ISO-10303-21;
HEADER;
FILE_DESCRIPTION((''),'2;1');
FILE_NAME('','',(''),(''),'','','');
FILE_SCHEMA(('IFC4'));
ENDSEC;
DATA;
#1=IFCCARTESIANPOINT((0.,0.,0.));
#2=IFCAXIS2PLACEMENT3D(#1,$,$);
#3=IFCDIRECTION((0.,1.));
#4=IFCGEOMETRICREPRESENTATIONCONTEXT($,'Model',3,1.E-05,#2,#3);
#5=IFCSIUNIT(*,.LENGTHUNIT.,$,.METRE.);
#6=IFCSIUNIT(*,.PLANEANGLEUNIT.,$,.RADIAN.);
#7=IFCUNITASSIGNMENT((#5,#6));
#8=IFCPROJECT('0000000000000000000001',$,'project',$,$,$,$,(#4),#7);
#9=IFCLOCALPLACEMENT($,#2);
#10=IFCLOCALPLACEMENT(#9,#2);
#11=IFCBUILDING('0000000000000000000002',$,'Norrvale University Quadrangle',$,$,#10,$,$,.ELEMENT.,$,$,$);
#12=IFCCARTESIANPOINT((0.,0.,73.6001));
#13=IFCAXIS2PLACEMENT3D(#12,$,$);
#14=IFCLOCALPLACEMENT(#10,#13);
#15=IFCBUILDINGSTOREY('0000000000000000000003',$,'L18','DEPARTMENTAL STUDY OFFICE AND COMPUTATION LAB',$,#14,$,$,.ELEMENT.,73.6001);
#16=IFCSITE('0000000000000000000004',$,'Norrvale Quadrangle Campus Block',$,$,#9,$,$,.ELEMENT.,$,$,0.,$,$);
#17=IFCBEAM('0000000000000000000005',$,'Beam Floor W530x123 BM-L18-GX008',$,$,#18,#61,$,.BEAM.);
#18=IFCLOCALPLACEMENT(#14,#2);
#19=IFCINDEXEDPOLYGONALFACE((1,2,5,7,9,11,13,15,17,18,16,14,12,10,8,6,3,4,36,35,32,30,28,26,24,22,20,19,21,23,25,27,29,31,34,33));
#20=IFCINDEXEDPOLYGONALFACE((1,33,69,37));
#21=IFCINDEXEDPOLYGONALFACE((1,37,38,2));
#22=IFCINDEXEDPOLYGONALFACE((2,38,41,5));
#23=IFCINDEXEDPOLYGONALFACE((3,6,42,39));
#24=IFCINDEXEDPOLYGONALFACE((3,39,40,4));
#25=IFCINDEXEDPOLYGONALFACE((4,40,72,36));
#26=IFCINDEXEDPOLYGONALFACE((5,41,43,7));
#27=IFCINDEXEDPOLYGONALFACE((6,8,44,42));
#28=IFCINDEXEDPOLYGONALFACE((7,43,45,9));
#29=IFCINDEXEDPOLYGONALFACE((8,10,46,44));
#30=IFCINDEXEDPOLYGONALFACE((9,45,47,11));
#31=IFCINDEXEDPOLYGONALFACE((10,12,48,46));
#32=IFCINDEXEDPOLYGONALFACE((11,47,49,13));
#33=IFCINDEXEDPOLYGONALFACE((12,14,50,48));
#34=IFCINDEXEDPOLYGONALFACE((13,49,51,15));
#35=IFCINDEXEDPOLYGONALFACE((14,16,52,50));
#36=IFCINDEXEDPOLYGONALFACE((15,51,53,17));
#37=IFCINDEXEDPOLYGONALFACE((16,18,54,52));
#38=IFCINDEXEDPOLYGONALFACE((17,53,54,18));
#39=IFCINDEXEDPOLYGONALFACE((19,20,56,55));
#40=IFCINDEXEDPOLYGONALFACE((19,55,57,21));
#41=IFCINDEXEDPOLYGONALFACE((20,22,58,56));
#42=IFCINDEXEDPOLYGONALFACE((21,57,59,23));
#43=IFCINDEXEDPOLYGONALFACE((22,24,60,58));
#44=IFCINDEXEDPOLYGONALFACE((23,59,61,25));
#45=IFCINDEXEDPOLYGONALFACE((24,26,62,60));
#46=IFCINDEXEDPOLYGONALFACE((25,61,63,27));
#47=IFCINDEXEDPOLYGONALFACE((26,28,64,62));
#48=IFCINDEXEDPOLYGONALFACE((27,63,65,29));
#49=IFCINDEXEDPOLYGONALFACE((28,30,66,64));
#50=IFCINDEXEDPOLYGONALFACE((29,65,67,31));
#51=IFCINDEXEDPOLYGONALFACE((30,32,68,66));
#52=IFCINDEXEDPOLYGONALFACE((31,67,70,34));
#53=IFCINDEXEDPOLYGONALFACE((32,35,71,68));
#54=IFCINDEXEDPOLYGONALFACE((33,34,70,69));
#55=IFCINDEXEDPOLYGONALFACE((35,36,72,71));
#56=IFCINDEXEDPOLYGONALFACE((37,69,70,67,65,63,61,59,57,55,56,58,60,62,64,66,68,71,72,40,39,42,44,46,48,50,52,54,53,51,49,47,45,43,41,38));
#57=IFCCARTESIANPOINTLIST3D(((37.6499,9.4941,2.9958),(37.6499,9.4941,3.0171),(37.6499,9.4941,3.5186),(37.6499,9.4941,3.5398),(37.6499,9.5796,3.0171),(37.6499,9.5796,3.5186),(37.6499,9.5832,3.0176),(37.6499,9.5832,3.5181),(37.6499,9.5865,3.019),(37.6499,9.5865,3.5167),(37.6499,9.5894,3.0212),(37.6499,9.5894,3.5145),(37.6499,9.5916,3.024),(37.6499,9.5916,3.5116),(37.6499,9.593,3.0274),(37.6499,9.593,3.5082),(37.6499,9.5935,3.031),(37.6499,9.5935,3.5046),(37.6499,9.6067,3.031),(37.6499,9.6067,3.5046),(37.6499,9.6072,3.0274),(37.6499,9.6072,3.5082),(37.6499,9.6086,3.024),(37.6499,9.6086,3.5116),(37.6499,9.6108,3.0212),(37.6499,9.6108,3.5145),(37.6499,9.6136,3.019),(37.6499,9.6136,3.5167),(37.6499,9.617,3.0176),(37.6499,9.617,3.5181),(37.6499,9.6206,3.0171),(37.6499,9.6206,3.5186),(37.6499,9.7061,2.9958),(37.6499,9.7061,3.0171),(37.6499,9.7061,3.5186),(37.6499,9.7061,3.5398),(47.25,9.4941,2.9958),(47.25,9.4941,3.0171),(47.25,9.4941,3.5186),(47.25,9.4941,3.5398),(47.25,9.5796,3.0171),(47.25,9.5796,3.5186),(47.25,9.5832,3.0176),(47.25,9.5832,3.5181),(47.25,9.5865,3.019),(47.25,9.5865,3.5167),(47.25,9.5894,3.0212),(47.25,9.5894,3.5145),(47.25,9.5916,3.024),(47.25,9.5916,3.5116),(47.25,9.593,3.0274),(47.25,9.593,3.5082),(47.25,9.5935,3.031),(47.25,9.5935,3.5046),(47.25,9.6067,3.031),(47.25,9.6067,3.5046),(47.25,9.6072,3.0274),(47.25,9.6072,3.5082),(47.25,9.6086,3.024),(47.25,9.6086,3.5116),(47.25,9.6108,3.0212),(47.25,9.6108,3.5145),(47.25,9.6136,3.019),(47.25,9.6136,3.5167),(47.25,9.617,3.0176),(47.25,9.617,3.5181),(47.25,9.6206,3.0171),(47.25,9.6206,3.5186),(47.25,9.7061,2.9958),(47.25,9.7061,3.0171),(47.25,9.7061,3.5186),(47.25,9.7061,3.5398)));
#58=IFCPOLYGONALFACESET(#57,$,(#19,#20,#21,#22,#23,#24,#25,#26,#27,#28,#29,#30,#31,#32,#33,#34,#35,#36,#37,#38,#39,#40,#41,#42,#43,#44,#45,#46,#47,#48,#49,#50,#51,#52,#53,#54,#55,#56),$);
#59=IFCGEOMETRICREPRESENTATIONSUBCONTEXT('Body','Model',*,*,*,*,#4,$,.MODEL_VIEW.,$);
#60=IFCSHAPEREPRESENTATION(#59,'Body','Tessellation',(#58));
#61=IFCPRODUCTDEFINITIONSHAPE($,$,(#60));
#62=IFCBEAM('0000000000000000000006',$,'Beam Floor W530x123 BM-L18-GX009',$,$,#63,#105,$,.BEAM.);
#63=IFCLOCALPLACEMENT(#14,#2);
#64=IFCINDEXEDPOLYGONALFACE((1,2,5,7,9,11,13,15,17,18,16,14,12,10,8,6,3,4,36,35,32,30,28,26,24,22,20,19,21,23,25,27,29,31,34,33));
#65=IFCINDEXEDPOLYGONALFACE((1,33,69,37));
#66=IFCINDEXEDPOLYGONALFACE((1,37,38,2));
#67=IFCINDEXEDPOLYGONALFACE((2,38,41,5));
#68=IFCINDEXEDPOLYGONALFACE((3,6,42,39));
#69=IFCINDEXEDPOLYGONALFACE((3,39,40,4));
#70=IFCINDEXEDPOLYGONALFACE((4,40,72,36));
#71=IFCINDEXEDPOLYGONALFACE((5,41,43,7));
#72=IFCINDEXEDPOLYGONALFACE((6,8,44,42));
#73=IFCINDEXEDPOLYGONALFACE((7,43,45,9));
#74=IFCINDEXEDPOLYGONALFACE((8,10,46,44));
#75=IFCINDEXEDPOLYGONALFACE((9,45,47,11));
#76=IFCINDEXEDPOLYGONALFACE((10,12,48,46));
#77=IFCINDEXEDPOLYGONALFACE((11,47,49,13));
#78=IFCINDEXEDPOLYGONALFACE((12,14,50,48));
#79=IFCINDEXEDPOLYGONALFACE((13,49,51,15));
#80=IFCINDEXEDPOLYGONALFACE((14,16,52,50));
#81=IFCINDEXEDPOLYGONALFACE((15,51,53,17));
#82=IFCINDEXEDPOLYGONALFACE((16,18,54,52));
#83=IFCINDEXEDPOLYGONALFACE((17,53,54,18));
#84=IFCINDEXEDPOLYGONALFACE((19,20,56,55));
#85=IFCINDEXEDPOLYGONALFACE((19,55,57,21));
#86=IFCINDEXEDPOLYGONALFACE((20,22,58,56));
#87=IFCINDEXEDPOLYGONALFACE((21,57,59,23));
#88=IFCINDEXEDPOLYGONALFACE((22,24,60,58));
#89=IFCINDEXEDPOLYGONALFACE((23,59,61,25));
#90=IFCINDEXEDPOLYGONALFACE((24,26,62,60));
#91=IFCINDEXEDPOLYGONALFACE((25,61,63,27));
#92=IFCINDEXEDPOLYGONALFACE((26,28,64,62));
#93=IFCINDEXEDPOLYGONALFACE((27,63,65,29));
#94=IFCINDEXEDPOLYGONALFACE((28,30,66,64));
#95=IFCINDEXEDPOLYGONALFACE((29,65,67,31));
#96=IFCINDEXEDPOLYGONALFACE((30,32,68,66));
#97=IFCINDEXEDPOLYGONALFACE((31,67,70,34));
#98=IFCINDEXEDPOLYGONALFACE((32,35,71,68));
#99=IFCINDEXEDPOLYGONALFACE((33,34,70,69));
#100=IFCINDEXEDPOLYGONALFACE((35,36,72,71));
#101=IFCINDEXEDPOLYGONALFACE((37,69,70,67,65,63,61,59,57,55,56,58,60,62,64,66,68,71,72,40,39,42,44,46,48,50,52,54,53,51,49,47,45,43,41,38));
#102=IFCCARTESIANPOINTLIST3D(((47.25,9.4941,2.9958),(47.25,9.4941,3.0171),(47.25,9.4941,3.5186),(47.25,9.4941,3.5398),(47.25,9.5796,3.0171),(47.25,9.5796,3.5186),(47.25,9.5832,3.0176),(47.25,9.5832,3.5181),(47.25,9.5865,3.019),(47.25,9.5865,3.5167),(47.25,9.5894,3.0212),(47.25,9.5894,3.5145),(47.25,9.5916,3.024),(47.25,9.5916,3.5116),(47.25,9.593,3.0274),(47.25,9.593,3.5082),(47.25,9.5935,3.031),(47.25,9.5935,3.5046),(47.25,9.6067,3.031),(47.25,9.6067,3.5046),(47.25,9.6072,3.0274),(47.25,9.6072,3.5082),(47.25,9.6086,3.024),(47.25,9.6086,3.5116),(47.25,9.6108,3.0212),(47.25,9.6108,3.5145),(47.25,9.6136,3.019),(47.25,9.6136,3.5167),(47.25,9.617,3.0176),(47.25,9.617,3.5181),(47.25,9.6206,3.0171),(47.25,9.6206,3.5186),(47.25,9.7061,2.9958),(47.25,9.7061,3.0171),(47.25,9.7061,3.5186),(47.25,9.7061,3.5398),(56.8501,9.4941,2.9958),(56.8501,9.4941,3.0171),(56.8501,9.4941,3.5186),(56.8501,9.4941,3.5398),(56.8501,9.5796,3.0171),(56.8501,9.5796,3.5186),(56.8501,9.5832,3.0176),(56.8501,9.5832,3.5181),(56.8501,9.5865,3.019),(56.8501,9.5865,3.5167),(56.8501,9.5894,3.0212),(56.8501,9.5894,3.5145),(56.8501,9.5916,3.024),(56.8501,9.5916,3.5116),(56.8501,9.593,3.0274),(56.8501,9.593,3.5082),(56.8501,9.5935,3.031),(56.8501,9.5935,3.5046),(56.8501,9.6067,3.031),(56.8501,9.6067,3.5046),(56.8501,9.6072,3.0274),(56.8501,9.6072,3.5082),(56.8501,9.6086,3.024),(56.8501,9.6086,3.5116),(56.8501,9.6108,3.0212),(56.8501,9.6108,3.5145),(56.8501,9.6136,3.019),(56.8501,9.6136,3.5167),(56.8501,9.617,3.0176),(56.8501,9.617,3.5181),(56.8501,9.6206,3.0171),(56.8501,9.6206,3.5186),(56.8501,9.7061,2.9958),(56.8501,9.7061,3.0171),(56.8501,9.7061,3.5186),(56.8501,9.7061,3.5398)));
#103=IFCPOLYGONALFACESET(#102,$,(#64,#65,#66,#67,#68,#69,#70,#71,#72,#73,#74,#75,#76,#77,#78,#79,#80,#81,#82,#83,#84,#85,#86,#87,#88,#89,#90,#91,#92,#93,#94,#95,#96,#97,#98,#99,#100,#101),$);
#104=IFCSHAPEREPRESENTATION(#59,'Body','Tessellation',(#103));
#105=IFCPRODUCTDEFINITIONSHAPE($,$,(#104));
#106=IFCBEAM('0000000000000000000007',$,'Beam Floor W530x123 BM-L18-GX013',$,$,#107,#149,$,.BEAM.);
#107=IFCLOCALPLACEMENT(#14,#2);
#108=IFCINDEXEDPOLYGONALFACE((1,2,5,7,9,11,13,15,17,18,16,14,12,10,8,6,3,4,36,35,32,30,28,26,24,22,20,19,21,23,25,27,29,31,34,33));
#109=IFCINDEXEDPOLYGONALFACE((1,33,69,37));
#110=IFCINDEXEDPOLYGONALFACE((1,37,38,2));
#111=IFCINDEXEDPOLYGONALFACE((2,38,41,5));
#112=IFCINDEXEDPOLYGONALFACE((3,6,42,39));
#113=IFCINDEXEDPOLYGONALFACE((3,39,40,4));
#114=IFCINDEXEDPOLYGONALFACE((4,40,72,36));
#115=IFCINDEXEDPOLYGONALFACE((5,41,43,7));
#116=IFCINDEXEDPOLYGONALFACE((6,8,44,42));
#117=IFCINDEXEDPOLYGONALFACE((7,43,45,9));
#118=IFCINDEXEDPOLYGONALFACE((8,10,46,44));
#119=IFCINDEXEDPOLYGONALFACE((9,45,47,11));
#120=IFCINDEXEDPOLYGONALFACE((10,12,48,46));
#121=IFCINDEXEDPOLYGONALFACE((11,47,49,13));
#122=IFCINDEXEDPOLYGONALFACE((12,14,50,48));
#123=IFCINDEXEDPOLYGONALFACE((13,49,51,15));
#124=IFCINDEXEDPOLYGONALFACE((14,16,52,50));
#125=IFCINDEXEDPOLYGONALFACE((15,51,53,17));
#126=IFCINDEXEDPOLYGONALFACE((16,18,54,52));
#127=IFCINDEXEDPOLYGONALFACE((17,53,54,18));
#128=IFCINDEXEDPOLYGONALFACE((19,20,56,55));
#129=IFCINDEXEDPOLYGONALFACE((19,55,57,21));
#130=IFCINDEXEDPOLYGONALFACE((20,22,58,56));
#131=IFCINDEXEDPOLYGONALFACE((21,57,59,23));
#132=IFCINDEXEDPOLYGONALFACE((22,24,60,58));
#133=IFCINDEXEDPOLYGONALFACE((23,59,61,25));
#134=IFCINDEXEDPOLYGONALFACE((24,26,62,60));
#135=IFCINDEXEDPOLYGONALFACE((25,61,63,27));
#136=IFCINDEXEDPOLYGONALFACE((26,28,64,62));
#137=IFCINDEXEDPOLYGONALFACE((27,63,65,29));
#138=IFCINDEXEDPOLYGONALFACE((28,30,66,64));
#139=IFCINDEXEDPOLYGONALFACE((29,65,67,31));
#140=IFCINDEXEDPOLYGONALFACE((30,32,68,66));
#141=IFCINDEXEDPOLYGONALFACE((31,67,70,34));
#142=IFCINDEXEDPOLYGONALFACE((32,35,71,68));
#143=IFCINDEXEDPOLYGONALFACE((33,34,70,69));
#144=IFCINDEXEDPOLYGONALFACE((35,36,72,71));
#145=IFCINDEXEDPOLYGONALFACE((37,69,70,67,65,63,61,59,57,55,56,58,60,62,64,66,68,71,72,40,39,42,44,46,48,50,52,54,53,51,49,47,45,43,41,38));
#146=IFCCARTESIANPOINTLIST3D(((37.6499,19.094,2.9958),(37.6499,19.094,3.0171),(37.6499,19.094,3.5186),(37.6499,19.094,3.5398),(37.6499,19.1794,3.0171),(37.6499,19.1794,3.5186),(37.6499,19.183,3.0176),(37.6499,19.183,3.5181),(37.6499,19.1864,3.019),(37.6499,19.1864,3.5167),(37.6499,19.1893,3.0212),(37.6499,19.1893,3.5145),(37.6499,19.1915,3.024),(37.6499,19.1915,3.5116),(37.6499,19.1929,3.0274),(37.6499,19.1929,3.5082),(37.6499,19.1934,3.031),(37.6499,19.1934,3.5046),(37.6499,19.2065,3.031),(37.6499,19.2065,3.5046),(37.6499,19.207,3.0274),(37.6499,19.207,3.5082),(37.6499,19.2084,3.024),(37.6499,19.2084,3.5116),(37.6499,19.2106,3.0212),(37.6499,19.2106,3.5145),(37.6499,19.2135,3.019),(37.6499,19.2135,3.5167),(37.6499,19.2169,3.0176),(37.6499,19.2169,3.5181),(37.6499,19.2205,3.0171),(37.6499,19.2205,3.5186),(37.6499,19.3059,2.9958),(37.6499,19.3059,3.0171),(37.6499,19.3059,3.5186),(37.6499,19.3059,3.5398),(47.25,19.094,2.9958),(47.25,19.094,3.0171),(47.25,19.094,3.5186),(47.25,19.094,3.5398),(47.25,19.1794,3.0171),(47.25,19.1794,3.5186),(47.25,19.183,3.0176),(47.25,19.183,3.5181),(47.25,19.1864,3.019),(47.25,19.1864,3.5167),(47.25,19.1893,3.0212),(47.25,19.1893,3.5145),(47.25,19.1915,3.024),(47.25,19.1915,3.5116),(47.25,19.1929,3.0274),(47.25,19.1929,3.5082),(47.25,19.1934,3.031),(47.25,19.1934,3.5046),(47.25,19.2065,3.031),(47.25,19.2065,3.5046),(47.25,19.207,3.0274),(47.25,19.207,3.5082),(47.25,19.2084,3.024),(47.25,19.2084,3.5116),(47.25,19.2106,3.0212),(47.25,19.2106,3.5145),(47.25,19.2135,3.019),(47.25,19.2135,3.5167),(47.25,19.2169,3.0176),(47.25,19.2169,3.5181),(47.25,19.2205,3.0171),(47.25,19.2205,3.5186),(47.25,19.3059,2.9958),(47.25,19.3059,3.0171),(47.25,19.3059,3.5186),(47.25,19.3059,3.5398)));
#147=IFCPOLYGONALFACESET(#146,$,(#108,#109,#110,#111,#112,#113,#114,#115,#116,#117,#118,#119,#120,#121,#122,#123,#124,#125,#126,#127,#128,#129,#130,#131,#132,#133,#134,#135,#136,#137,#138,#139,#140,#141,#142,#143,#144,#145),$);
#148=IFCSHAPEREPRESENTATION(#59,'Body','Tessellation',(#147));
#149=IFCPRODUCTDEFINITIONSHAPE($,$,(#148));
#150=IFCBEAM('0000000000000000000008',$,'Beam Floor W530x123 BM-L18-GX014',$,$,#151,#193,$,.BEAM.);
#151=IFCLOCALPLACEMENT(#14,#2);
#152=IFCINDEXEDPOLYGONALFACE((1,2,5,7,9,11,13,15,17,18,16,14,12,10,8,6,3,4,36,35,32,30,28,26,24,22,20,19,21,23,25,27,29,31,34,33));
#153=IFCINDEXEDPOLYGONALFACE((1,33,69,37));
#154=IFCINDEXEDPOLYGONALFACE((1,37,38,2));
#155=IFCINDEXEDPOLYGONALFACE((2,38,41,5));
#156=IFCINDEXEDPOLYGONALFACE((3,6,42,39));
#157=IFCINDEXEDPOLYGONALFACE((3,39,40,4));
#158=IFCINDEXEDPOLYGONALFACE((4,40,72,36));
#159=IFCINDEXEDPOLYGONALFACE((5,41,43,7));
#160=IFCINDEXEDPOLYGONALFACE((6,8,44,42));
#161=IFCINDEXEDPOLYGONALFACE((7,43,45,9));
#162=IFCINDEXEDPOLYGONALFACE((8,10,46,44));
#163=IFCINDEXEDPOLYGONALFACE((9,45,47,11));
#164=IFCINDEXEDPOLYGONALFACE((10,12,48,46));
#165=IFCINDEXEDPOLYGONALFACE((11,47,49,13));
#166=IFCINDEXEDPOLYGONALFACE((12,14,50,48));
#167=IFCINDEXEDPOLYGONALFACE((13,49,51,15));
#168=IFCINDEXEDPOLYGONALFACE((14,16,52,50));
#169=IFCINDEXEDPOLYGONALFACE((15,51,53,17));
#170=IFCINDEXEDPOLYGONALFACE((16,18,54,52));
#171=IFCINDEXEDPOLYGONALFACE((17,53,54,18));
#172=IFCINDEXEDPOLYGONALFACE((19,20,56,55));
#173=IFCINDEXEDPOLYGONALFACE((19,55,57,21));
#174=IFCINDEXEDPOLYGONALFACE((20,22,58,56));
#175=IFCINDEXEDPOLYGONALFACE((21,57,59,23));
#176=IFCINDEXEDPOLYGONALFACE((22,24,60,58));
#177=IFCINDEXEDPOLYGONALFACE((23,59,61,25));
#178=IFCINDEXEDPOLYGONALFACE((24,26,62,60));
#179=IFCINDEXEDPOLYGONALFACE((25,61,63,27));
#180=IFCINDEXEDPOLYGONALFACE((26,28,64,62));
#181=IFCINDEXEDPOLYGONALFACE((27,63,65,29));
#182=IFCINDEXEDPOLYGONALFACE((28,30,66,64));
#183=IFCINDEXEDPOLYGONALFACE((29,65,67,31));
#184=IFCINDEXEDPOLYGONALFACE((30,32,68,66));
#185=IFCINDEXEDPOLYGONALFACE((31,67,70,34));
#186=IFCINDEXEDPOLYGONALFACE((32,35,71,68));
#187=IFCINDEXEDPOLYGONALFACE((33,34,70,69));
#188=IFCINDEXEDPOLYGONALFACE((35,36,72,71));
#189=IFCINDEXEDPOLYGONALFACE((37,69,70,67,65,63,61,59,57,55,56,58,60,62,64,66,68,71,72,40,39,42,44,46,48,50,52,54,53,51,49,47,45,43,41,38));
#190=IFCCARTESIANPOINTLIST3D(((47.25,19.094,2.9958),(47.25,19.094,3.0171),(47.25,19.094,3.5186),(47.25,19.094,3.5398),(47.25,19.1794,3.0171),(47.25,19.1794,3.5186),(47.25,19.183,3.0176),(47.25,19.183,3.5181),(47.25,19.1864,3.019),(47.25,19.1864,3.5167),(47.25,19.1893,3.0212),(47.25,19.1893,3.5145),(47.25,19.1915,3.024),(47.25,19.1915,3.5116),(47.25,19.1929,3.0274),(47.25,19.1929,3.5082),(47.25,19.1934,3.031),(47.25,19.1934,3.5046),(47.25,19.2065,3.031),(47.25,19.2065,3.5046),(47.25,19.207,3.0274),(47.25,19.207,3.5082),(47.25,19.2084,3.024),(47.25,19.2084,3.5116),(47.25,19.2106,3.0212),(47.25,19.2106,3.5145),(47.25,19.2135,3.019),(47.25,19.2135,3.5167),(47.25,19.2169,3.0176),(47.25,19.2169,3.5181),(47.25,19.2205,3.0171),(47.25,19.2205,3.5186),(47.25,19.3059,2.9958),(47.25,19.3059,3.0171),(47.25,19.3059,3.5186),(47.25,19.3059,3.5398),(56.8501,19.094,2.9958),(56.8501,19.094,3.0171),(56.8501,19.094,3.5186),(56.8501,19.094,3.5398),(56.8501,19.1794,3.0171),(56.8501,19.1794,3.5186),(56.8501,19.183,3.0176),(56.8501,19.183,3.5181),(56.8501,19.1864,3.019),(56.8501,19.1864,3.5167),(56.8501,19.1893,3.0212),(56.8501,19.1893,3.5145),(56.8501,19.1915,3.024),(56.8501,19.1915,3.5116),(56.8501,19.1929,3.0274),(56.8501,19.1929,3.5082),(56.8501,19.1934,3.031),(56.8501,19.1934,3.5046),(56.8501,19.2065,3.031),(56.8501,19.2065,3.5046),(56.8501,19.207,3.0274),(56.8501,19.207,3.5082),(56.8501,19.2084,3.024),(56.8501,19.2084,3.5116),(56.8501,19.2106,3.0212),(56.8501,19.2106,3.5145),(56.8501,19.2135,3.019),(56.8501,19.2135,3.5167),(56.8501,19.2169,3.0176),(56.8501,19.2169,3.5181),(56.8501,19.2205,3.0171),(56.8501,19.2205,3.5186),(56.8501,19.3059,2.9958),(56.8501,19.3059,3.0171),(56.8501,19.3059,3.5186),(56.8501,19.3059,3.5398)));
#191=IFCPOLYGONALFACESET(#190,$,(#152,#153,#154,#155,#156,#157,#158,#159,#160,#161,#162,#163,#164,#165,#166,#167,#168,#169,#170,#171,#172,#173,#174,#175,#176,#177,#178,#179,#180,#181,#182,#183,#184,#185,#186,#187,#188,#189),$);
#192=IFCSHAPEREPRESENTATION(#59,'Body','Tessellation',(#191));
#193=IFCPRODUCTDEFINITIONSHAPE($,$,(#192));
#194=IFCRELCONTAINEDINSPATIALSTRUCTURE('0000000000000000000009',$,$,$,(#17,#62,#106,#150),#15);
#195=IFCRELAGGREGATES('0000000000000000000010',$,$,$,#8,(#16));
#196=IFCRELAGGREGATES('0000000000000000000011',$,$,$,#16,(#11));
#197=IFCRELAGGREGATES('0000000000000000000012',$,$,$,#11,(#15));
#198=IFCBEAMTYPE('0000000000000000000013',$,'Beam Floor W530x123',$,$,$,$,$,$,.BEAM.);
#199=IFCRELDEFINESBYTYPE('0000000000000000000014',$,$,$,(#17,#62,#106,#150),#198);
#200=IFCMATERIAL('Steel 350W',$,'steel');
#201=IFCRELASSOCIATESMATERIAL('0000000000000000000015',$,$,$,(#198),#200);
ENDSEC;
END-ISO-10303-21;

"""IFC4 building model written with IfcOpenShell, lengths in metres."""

from ifc_helpers import new_model, si_unit, direction, frame, origin, origin_2d, place, context, subcontext, project, spatial, i_section, extrude, material, material_profile, profile_set, type_object, element, save


model = new_model("IFC4")

# Units and contexts
model_context = context("Model", 3, precision=1e-05, world=origin(), true_north=direction((0.0, 1.0)))
body_context = subcontext(model_context, "Body", "Model", "MODEL_VIEW")
ifc_project = project(units=[si_unit("LENGTHUNIT", "METRE"), si_unit("PLANEANGLEUNIT", "RADIAN")], contexts=[model_context])

# Site, building, storey
site_placement = place(None, origin())
site = spatial("IfcSite", under=ifc_project, at=site_placement, Name="Norrvale Quadrangle Campus Block", CompositionType="ELEMENT", RefElevation=0.0)
building_placement = place(site_placement, origin())
building = spatial("IfcBuilding", under=site, at=building_placement, Name="Norrvale University Quadrangle", CompositionType="ELEMENT")
storey_placement = place(building_placement, frame((0.0, 0.0, 73.6001)))
storey = spatial("IfcBuildingStorey", under=building, at=storey_placement, Name="L18", Description="DEPARTMENTAL STUDY OFFICE AND COMPUTATION LAB", CompositionType="ELEMENT", Elevation=73.6001)

# Beams
ifc_material_1 = material(Name="Steel 350W", Category="steel")
ifc_material_profile_1 = material_profile(ifc_material_1, i_section(OverallWidth=0.2119, OverallDepth=0.5439, WebThickness=0.0132, FlangeThickness=0.0212, FilletRadius=0.0139, at=origin_2d()), Name="Steel 350W")
ifc_profile_set_1 = profile_set([ifc_material_profile_1], Name="Steel 350W")
beam_type_1 = type_object("IfcBeamType", Name="Beam Floor W530x123", PredefinedType="BEAM", material=ifc_profile_set_1)
for number, where, z_axis, x_axis, name in (
    (1, (37.6499, 9.6001, 3.2678), (1.0, 0.0, 0.0), (0.0, 1.0, 0.0), "Beam Floor W530x123 BM-L18-GX008"),
    (2, (47.25, 9.6001, 3.2678), (1.0, 0.0, 0.0), (0.0, 1.0, 0.0), "Beam Floor W530x123 BM-L18-GX009"),
    (3, (37.6499, 19.2, 3.2678), (1.0, 0.0, 0.0), (0.0, 1.0, 0.0), "Beam Floor W530x123 BM-L18-GX013"),
    (4, (47.25, 19.2, 3.2678), (1.0, 0.0, 0.0), (0.0, 1.0, 0.0), "Beam Floor W530x123 BM-L18-GX014"),
):
    element("IfcBeam", number, at=place(storey_placement, frame(where, z_axis=z_axis, x_axis=x_axis)), inside=storey, type_object=beam_type_1, Name=name, PredefinedType="BEAM", context=body_context, shape_type="SweptSolid", body=[
        extrude(i_section(OverallWidth=0.2119, OverallDepth=0.5439, WebThickness=0.0132, FlangeThickness=0.0212, FilletRadius=0.0139, at=origin_2d()), origin(), (0.0, 0.0, 1.0), 9.6001),
    ])

save(model, "model.ifc")
